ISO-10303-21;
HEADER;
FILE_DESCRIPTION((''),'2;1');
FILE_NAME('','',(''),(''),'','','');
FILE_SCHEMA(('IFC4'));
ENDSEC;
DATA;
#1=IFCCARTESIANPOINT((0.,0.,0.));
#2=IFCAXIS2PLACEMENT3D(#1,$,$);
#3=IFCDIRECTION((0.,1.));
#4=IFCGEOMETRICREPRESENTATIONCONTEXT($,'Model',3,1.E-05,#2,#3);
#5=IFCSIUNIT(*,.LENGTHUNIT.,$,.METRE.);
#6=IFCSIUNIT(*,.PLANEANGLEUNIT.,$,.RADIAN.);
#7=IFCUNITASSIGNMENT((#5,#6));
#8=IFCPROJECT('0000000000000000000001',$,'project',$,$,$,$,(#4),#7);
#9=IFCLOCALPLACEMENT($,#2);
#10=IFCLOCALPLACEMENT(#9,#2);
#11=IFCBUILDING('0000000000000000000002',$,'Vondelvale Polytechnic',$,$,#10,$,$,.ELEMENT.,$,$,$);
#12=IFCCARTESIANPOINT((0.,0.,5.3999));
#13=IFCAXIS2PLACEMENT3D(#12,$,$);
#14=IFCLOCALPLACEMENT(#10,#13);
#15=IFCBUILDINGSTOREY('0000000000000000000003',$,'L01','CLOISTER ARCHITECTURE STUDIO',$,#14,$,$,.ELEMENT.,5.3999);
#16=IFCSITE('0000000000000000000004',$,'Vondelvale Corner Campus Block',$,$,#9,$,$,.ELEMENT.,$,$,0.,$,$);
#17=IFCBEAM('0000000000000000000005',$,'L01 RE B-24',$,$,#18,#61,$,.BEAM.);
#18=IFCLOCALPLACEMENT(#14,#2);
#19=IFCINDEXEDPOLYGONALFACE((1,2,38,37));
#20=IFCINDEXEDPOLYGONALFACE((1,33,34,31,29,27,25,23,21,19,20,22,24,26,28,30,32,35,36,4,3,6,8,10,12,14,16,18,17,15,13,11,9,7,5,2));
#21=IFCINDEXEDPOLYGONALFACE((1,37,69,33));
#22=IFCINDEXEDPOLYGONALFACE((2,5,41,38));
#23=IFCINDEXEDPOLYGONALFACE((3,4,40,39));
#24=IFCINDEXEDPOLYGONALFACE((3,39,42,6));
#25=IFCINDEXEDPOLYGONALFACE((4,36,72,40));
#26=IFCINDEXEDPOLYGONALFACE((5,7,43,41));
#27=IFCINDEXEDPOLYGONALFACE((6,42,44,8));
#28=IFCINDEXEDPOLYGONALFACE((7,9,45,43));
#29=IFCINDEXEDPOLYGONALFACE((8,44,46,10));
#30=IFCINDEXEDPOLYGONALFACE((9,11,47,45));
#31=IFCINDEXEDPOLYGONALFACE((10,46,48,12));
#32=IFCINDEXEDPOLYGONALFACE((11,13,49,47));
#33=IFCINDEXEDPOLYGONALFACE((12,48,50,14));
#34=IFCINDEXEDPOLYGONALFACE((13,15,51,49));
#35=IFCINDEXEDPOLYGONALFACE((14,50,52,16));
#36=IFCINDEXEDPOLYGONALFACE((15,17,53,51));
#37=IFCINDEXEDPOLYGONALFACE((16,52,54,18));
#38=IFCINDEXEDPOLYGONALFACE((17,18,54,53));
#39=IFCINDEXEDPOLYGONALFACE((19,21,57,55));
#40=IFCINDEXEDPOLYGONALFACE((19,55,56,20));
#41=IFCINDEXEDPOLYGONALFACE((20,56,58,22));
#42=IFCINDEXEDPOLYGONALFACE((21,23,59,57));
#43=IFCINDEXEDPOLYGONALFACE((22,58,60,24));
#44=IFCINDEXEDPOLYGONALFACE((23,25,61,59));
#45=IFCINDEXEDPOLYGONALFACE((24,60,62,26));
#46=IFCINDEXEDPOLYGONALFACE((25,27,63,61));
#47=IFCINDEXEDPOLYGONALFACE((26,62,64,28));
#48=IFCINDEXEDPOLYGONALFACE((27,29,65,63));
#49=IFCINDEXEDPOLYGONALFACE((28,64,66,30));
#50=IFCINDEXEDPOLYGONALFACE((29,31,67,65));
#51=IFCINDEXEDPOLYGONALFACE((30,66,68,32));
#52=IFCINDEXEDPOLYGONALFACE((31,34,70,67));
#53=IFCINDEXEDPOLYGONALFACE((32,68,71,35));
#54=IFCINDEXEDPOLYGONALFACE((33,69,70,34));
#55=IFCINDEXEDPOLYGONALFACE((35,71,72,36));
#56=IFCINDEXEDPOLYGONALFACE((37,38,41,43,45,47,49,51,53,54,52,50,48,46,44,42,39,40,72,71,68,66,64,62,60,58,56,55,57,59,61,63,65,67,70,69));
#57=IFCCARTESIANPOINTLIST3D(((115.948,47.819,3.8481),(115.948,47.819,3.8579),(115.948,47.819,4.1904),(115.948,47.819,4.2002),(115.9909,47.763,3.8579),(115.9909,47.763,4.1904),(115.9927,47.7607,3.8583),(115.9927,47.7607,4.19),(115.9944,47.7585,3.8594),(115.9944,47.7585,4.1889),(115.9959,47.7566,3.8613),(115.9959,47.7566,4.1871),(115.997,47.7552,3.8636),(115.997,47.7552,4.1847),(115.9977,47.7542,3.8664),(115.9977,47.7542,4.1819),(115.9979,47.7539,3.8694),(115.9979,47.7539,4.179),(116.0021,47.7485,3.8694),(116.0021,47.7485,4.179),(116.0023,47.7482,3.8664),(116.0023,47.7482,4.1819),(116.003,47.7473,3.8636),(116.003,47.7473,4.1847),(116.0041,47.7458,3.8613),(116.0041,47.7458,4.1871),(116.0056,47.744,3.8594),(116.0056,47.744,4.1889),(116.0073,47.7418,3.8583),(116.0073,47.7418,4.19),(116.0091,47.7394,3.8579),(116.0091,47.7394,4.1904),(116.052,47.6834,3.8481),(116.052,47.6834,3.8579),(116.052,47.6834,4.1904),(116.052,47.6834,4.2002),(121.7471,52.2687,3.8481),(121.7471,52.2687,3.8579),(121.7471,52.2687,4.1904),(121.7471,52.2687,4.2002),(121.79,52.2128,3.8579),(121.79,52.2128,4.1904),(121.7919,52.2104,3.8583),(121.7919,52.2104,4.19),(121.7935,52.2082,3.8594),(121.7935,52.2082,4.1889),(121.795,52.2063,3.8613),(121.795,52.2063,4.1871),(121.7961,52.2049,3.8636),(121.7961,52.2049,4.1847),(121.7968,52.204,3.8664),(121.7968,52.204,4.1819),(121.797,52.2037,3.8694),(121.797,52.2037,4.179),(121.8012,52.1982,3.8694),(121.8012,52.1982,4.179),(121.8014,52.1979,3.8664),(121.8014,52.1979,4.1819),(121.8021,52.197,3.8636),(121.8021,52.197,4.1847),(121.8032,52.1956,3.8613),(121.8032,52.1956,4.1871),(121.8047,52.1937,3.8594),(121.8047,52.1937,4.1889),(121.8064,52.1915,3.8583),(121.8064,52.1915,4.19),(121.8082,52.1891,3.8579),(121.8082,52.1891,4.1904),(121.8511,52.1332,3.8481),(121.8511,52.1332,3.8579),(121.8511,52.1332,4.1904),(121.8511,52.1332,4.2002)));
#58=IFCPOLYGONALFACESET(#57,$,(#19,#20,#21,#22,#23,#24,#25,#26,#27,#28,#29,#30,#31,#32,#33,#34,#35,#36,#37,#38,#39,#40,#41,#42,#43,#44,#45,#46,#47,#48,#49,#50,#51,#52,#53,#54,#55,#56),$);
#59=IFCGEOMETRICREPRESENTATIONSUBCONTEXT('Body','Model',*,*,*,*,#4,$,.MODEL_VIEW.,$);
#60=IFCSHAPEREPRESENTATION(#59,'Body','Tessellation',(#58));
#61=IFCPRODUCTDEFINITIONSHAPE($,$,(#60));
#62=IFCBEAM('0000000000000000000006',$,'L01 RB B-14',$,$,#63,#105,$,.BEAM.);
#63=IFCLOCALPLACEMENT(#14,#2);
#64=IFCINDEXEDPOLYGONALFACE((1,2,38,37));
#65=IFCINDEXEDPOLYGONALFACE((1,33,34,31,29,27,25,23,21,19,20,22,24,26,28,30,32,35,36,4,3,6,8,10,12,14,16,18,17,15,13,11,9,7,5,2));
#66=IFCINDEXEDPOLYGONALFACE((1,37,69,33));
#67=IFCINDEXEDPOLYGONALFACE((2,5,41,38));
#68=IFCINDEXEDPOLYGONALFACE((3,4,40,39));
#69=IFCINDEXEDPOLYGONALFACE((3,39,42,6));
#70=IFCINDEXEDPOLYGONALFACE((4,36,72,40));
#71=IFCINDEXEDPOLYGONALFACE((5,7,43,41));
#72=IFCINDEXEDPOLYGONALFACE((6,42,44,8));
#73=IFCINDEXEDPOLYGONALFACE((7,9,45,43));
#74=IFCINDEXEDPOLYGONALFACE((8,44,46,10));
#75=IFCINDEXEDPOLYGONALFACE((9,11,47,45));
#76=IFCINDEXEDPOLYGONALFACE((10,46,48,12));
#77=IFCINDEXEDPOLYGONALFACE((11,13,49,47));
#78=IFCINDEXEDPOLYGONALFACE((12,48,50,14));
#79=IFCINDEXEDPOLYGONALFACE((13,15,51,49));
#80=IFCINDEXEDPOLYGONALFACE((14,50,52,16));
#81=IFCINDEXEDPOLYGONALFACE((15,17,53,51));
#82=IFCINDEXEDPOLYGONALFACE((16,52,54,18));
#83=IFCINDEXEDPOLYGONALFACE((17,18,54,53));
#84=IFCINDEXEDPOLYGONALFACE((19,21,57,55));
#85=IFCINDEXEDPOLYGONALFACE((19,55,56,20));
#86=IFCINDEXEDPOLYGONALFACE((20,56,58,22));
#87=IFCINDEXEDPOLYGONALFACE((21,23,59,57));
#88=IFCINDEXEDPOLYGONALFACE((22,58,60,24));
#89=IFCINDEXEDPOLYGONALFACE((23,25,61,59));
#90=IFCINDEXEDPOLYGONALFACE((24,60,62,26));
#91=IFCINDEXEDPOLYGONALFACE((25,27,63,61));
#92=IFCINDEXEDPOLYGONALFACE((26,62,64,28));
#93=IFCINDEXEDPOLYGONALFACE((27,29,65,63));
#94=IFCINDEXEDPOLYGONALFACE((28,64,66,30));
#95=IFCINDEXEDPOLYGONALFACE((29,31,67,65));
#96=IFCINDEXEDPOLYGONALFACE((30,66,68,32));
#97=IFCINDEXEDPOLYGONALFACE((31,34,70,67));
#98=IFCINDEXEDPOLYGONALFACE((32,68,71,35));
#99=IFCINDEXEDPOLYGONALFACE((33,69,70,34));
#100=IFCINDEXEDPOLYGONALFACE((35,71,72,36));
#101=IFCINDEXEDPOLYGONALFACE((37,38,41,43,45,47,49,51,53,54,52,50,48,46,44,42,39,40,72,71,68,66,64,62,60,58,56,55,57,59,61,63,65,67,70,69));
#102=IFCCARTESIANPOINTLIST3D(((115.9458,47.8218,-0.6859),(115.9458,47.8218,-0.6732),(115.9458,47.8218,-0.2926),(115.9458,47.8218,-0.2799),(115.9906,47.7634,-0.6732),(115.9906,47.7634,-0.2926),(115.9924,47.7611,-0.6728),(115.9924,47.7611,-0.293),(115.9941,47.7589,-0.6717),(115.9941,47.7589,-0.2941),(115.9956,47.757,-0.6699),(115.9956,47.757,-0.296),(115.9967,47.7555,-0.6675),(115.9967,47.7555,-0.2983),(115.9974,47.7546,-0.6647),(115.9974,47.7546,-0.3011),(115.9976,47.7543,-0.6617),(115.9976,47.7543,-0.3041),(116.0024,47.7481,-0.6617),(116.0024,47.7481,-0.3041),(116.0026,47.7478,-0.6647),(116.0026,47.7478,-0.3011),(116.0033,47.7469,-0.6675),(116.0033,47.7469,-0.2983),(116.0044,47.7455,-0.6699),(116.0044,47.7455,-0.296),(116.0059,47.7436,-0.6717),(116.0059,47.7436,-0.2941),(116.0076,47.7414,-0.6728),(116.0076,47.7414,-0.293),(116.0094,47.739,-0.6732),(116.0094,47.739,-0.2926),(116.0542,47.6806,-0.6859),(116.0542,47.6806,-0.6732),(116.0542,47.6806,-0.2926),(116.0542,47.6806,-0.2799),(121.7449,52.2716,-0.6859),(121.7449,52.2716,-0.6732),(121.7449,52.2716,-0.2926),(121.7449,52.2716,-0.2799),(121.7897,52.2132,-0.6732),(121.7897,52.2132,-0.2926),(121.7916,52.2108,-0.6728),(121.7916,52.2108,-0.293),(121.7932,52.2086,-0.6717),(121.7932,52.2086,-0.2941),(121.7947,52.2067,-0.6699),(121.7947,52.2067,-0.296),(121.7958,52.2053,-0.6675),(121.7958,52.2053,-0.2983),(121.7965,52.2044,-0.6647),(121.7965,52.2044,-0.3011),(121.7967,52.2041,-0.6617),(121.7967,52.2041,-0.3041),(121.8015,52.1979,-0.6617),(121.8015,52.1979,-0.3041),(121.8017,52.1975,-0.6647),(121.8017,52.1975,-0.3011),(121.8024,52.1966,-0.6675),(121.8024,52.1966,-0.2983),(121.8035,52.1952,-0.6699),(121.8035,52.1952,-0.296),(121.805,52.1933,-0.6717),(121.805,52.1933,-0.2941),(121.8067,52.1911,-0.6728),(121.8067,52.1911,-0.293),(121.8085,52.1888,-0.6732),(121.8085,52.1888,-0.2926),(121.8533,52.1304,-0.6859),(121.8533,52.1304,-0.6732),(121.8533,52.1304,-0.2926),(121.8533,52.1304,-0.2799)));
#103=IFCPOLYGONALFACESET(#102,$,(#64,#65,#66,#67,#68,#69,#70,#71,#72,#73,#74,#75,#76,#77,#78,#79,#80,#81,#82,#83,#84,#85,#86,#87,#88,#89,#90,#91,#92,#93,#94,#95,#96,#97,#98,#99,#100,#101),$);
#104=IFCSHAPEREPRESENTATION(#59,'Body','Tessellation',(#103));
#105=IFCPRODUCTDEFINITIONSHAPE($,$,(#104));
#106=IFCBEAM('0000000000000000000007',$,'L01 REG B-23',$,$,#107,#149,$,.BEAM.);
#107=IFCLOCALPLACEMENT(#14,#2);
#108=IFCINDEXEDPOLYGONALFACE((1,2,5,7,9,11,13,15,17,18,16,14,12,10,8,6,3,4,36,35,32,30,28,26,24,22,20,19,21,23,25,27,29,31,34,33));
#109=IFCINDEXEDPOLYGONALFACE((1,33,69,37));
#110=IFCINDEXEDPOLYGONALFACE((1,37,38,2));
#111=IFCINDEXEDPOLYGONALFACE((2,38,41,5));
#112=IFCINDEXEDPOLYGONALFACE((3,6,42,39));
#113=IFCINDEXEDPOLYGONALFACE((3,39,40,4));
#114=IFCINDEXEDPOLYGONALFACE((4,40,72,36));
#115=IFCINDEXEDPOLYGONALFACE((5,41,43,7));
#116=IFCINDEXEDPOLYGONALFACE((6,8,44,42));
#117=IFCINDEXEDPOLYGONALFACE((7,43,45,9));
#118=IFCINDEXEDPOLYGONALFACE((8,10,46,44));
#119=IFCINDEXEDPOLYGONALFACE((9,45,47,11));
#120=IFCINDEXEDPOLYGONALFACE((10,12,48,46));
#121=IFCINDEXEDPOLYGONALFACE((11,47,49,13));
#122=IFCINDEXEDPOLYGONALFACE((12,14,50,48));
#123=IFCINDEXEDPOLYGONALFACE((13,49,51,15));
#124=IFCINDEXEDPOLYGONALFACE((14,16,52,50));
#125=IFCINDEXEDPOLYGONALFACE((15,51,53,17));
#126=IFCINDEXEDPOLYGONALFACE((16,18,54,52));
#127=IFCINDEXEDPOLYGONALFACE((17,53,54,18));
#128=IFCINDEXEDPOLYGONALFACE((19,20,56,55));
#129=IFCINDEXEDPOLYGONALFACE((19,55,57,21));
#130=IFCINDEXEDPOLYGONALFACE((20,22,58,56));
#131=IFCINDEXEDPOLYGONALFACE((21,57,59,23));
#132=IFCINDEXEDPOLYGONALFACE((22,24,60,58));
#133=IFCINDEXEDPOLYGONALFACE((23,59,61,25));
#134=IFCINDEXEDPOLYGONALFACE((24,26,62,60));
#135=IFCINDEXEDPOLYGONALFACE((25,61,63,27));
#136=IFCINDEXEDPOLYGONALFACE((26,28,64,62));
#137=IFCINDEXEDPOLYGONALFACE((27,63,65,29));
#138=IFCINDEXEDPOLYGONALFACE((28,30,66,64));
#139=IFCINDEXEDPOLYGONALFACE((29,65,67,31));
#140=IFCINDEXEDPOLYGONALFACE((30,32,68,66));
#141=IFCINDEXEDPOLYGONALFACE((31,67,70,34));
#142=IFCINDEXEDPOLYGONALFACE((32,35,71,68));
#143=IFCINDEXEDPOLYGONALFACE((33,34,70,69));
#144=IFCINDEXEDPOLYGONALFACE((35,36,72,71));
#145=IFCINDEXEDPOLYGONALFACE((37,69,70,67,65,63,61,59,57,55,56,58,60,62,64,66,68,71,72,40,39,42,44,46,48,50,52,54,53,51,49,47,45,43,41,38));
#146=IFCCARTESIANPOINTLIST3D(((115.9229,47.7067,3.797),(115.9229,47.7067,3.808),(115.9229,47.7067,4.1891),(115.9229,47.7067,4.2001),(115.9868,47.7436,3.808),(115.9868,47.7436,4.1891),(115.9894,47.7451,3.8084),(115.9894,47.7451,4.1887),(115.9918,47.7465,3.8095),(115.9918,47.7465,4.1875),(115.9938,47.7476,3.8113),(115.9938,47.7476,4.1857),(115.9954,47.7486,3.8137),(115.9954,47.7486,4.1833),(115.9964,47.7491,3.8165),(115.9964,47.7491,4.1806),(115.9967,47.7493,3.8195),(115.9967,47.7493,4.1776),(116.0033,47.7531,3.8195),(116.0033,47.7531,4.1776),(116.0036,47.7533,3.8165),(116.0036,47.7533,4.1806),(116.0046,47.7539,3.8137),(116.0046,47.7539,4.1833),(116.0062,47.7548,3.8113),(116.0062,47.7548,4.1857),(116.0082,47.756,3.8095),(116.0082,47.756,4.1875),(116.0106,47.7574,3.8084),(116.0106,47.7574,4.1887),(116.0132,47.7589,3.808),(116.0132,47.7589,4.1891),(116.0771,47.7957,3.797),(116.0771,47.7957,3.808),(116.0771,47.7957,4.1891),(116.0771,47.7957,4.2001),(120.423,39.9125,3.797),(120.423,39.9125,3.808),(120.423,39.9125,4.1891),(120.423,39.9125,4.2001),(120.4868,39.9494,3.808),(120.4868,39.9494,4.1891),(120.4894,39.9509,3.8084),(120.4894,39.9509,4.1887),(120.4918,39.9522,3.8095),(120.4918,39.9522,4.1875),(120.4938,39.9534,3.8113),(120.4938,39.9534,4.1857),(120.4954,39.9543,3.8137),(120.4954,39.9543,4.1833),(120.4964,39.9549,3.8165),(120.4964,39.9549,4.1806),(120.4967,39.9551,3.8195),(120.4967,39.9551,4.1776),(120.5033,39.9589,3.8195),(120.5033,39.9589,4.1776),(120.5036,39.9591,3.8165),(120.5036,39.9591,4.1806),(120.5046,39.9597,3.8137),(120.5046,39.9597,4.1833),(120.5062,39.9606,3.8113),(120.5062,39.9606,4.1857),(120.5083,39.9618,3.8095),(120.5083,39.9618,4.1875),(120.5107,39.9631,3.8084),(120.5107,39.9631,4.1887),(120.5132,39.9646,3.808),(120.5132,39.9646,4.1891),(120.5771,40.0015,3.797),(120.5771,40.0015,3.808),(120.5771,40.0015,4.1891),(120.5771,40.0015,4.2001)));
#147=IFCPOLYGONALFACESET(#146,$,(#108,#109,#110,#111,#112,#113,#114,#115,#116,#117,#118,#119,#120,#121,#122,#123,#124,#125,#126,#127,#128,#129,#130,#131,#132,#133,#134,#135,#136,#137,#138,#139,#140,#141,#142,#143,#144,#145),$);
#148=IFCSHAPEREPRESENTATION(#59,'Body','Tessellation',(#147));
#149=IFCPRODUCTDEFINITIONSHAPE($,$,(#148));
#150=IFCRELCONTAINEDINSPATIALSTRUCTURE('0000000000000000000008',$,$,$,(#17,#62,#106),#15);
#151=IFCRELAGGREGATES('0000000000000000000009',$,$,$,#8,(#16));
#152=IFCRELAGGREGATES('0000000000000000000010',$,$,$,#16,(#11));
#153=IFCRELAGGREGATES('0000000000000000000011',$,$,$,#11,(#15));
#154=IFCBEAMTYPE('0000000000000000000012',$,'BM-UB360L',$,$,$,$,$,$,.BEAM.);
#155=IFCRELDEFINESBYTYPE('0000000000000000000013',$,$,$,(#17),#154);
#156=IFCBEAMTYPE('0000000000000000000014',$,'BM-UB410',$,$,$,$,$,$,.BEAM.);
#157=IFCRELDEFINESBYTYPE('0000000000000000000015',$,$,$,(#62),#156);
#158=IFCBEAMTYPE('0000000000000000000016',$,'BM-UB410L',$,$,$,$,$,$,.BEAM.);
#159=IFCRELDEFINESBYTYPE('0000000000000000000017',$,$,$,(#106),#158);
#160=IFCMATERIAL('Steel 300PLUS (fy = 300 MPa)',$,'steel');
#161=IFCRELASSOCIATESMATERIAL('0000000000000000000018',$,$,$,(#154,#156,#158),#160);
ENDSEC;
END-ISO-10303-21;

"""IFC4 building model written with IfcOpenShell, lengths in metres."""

from ifc_helpers import new_model, si_unit, direction, frame, origin, origin_2d, place, context, subcontext, project, spatial, i_section, extrude, material, material_profile, profile_set, type_object, element, save


model = new_model("IFC4")

# Units and contexts
model_context = context("Model", 3, precision=1e-05, world=origin(), true_north=direction((0.0, 1.0)))
body_context = subcontext(model_context, "Body", "Model", "MODEL_VIEW")
ifc_project = project(units=[si_unit("LENGTHUNIT", "METRE"), si_unit("PLANEANGLEUNIT", "RADIAN")], contexts=[model_context])

# Site, building, storey
site_placement = place(None, origin())
site = spatial("IfcSite", under=ifc_project, at=site_placement, Name="Vondelvale Corner Campus Block", CompositionType="ELEMENT", RefElevation=0.0)
building_placement = place(site_placement, origin())
building = spatial("IfcBuilding", under=site, at=building_placement, Name="Vondelvale Polytechnic", CompositionType="ELEMENT")
storey_placement = place(building_placement, frame((0.0, 0.0, 5.3999)))
storey = spatial("IfcBuildingStorey", under=building, at=storey_placement, Name="L01", Description="CLOISTER ARCHITECTURE STUDIO", CompositionType="ELEMENT", Elevation=5.3999)

# Beams
ifc_material_1 = material(Name="Steel 300PLUS (fy = 300 MPa)", Category="steel")
ifc_material_profile_1 = material_profile(ifc_material_1, i_section(OverallWidth=0.1709, OverallDepth=0.3521, WebThickness=0.0068, FlangeThickness=0.0098, FilletRadius=0.0115, at=origin_2d()), Name="360UB44.7")
ifc_profile_set_1 = profile_set([ifc_material_profile_1], Name="Steel 300PLUS (fy = 300 MPa)")
beam_type_1 = type_object("IfcBeamType", Name="BM-UB360L", PredefinedType="BEAM", material=ifc_profile_set_1)
beam_1_placement = place(storey_placement, frame((116.0, 47.7512, 4.0242), z_axis=(0.793358, 0.608755, 0.0), x_axis=(-0.608755, 0.793358, 0.0)))
element("IfcBeam", 1, at=beam_1_placement, inside=storey, type_object=beam_type_1, Name="L01 RE B-24", PredefinedType="BEAM", context=body_context, shape_type="SweptSolid", body=[
    extrude(i_section(OverallWidth=0.1709, OverallDepth=0.3521, WebThickness=0.0068, FlangeThickness=0.0098, FilletRadius=0.0115, at=origin_2d()), origin(), (0.0, 0.0, 1.0), 7.3096),
])
ifc_material_profile_2 = material_profile(ifc_material_1, i_section(OverallWidth=0.178, OverallDepth=0.406, WebThickness=0.0078, FlangeThickness=0.0127, FilletRadius=0.0115, at=origin_2d()), Name="410UB59.7")
ifc_profile_set_2 = profile_set([ifc_material_profile_2], Name="Steel 300PLUS (fy = 300 MPa)")
beam_type_2 = type_object("IfcBeamType", Name="BM-UB410", PredefinedType="BEAM", material=ifc_profile_set_2)
beam_2_placement = place(storey_placement, frame((116.0, 47.7512, -0.4829), z_axis=(0.793358, 0.608755, 0.0), x_axis=(-0.608755, 0.793358, 0.0)))
element("IfcBeam", 2, at=beam_2_placement, inside=storey, type_object=beam_type_2, Name="L01 RB B-14", PredefinedType="BEAM", context=body_context, shape_type="SweptSolid", body=[
    extrude(i_section(OverallWidth=0.178, OverallDepth=0.406, WebThickness=0.0078, FlangeThickness=0.0127, FilletRadius=0.0115, at=origin_2d()), origin(), (0.0, 0.0, 1.0), 7.3096),
])
ifc_material_profile_3 = material_profile(ifc_material_1, i_section(OverallWidth=0.178, OverallDepth=0.4031, WebThickness=0.0076, FlangeThickness=0.011, FilletRadius=0.0115, at=origin_2d()), Name="410UB53.7")
ifc_profile_set_3 = profile_set([ifc_material_profile_3], Name="Steel 300PLUS (fy = 300 MPa)")
beam_type_3 = type_object("IfcBeamType", Name="BM-UB410L", PredefinedType="BEAM", material=ifc_profile_set_3)
beam_3_placement = place(storey_placement, frame((116.0, 47.7512, 3.9985), z_axis=(0.500002, -0.866024, 0.0), x_axis=(0.866024, 0.500002, 0.0)))
element("IfcBeam", 3, at=beam_3_placement, inside=storey, type_object=beam_type_3, Name="L01 REG B-23", PredefinedType="BEAM", context=body_context, shape_type="SweptSolid", body=[
    extrude(i_section(OverallWidth=0.178, OverallDepth=0.4031, WebThickness=0.0076, FlangeThickness=0.011, FilletRadius=0.0115, at=origin_2d()), origin(), (0.0, 0.0, 1.0), 9.0),
])

save(model, "model.ifc")
